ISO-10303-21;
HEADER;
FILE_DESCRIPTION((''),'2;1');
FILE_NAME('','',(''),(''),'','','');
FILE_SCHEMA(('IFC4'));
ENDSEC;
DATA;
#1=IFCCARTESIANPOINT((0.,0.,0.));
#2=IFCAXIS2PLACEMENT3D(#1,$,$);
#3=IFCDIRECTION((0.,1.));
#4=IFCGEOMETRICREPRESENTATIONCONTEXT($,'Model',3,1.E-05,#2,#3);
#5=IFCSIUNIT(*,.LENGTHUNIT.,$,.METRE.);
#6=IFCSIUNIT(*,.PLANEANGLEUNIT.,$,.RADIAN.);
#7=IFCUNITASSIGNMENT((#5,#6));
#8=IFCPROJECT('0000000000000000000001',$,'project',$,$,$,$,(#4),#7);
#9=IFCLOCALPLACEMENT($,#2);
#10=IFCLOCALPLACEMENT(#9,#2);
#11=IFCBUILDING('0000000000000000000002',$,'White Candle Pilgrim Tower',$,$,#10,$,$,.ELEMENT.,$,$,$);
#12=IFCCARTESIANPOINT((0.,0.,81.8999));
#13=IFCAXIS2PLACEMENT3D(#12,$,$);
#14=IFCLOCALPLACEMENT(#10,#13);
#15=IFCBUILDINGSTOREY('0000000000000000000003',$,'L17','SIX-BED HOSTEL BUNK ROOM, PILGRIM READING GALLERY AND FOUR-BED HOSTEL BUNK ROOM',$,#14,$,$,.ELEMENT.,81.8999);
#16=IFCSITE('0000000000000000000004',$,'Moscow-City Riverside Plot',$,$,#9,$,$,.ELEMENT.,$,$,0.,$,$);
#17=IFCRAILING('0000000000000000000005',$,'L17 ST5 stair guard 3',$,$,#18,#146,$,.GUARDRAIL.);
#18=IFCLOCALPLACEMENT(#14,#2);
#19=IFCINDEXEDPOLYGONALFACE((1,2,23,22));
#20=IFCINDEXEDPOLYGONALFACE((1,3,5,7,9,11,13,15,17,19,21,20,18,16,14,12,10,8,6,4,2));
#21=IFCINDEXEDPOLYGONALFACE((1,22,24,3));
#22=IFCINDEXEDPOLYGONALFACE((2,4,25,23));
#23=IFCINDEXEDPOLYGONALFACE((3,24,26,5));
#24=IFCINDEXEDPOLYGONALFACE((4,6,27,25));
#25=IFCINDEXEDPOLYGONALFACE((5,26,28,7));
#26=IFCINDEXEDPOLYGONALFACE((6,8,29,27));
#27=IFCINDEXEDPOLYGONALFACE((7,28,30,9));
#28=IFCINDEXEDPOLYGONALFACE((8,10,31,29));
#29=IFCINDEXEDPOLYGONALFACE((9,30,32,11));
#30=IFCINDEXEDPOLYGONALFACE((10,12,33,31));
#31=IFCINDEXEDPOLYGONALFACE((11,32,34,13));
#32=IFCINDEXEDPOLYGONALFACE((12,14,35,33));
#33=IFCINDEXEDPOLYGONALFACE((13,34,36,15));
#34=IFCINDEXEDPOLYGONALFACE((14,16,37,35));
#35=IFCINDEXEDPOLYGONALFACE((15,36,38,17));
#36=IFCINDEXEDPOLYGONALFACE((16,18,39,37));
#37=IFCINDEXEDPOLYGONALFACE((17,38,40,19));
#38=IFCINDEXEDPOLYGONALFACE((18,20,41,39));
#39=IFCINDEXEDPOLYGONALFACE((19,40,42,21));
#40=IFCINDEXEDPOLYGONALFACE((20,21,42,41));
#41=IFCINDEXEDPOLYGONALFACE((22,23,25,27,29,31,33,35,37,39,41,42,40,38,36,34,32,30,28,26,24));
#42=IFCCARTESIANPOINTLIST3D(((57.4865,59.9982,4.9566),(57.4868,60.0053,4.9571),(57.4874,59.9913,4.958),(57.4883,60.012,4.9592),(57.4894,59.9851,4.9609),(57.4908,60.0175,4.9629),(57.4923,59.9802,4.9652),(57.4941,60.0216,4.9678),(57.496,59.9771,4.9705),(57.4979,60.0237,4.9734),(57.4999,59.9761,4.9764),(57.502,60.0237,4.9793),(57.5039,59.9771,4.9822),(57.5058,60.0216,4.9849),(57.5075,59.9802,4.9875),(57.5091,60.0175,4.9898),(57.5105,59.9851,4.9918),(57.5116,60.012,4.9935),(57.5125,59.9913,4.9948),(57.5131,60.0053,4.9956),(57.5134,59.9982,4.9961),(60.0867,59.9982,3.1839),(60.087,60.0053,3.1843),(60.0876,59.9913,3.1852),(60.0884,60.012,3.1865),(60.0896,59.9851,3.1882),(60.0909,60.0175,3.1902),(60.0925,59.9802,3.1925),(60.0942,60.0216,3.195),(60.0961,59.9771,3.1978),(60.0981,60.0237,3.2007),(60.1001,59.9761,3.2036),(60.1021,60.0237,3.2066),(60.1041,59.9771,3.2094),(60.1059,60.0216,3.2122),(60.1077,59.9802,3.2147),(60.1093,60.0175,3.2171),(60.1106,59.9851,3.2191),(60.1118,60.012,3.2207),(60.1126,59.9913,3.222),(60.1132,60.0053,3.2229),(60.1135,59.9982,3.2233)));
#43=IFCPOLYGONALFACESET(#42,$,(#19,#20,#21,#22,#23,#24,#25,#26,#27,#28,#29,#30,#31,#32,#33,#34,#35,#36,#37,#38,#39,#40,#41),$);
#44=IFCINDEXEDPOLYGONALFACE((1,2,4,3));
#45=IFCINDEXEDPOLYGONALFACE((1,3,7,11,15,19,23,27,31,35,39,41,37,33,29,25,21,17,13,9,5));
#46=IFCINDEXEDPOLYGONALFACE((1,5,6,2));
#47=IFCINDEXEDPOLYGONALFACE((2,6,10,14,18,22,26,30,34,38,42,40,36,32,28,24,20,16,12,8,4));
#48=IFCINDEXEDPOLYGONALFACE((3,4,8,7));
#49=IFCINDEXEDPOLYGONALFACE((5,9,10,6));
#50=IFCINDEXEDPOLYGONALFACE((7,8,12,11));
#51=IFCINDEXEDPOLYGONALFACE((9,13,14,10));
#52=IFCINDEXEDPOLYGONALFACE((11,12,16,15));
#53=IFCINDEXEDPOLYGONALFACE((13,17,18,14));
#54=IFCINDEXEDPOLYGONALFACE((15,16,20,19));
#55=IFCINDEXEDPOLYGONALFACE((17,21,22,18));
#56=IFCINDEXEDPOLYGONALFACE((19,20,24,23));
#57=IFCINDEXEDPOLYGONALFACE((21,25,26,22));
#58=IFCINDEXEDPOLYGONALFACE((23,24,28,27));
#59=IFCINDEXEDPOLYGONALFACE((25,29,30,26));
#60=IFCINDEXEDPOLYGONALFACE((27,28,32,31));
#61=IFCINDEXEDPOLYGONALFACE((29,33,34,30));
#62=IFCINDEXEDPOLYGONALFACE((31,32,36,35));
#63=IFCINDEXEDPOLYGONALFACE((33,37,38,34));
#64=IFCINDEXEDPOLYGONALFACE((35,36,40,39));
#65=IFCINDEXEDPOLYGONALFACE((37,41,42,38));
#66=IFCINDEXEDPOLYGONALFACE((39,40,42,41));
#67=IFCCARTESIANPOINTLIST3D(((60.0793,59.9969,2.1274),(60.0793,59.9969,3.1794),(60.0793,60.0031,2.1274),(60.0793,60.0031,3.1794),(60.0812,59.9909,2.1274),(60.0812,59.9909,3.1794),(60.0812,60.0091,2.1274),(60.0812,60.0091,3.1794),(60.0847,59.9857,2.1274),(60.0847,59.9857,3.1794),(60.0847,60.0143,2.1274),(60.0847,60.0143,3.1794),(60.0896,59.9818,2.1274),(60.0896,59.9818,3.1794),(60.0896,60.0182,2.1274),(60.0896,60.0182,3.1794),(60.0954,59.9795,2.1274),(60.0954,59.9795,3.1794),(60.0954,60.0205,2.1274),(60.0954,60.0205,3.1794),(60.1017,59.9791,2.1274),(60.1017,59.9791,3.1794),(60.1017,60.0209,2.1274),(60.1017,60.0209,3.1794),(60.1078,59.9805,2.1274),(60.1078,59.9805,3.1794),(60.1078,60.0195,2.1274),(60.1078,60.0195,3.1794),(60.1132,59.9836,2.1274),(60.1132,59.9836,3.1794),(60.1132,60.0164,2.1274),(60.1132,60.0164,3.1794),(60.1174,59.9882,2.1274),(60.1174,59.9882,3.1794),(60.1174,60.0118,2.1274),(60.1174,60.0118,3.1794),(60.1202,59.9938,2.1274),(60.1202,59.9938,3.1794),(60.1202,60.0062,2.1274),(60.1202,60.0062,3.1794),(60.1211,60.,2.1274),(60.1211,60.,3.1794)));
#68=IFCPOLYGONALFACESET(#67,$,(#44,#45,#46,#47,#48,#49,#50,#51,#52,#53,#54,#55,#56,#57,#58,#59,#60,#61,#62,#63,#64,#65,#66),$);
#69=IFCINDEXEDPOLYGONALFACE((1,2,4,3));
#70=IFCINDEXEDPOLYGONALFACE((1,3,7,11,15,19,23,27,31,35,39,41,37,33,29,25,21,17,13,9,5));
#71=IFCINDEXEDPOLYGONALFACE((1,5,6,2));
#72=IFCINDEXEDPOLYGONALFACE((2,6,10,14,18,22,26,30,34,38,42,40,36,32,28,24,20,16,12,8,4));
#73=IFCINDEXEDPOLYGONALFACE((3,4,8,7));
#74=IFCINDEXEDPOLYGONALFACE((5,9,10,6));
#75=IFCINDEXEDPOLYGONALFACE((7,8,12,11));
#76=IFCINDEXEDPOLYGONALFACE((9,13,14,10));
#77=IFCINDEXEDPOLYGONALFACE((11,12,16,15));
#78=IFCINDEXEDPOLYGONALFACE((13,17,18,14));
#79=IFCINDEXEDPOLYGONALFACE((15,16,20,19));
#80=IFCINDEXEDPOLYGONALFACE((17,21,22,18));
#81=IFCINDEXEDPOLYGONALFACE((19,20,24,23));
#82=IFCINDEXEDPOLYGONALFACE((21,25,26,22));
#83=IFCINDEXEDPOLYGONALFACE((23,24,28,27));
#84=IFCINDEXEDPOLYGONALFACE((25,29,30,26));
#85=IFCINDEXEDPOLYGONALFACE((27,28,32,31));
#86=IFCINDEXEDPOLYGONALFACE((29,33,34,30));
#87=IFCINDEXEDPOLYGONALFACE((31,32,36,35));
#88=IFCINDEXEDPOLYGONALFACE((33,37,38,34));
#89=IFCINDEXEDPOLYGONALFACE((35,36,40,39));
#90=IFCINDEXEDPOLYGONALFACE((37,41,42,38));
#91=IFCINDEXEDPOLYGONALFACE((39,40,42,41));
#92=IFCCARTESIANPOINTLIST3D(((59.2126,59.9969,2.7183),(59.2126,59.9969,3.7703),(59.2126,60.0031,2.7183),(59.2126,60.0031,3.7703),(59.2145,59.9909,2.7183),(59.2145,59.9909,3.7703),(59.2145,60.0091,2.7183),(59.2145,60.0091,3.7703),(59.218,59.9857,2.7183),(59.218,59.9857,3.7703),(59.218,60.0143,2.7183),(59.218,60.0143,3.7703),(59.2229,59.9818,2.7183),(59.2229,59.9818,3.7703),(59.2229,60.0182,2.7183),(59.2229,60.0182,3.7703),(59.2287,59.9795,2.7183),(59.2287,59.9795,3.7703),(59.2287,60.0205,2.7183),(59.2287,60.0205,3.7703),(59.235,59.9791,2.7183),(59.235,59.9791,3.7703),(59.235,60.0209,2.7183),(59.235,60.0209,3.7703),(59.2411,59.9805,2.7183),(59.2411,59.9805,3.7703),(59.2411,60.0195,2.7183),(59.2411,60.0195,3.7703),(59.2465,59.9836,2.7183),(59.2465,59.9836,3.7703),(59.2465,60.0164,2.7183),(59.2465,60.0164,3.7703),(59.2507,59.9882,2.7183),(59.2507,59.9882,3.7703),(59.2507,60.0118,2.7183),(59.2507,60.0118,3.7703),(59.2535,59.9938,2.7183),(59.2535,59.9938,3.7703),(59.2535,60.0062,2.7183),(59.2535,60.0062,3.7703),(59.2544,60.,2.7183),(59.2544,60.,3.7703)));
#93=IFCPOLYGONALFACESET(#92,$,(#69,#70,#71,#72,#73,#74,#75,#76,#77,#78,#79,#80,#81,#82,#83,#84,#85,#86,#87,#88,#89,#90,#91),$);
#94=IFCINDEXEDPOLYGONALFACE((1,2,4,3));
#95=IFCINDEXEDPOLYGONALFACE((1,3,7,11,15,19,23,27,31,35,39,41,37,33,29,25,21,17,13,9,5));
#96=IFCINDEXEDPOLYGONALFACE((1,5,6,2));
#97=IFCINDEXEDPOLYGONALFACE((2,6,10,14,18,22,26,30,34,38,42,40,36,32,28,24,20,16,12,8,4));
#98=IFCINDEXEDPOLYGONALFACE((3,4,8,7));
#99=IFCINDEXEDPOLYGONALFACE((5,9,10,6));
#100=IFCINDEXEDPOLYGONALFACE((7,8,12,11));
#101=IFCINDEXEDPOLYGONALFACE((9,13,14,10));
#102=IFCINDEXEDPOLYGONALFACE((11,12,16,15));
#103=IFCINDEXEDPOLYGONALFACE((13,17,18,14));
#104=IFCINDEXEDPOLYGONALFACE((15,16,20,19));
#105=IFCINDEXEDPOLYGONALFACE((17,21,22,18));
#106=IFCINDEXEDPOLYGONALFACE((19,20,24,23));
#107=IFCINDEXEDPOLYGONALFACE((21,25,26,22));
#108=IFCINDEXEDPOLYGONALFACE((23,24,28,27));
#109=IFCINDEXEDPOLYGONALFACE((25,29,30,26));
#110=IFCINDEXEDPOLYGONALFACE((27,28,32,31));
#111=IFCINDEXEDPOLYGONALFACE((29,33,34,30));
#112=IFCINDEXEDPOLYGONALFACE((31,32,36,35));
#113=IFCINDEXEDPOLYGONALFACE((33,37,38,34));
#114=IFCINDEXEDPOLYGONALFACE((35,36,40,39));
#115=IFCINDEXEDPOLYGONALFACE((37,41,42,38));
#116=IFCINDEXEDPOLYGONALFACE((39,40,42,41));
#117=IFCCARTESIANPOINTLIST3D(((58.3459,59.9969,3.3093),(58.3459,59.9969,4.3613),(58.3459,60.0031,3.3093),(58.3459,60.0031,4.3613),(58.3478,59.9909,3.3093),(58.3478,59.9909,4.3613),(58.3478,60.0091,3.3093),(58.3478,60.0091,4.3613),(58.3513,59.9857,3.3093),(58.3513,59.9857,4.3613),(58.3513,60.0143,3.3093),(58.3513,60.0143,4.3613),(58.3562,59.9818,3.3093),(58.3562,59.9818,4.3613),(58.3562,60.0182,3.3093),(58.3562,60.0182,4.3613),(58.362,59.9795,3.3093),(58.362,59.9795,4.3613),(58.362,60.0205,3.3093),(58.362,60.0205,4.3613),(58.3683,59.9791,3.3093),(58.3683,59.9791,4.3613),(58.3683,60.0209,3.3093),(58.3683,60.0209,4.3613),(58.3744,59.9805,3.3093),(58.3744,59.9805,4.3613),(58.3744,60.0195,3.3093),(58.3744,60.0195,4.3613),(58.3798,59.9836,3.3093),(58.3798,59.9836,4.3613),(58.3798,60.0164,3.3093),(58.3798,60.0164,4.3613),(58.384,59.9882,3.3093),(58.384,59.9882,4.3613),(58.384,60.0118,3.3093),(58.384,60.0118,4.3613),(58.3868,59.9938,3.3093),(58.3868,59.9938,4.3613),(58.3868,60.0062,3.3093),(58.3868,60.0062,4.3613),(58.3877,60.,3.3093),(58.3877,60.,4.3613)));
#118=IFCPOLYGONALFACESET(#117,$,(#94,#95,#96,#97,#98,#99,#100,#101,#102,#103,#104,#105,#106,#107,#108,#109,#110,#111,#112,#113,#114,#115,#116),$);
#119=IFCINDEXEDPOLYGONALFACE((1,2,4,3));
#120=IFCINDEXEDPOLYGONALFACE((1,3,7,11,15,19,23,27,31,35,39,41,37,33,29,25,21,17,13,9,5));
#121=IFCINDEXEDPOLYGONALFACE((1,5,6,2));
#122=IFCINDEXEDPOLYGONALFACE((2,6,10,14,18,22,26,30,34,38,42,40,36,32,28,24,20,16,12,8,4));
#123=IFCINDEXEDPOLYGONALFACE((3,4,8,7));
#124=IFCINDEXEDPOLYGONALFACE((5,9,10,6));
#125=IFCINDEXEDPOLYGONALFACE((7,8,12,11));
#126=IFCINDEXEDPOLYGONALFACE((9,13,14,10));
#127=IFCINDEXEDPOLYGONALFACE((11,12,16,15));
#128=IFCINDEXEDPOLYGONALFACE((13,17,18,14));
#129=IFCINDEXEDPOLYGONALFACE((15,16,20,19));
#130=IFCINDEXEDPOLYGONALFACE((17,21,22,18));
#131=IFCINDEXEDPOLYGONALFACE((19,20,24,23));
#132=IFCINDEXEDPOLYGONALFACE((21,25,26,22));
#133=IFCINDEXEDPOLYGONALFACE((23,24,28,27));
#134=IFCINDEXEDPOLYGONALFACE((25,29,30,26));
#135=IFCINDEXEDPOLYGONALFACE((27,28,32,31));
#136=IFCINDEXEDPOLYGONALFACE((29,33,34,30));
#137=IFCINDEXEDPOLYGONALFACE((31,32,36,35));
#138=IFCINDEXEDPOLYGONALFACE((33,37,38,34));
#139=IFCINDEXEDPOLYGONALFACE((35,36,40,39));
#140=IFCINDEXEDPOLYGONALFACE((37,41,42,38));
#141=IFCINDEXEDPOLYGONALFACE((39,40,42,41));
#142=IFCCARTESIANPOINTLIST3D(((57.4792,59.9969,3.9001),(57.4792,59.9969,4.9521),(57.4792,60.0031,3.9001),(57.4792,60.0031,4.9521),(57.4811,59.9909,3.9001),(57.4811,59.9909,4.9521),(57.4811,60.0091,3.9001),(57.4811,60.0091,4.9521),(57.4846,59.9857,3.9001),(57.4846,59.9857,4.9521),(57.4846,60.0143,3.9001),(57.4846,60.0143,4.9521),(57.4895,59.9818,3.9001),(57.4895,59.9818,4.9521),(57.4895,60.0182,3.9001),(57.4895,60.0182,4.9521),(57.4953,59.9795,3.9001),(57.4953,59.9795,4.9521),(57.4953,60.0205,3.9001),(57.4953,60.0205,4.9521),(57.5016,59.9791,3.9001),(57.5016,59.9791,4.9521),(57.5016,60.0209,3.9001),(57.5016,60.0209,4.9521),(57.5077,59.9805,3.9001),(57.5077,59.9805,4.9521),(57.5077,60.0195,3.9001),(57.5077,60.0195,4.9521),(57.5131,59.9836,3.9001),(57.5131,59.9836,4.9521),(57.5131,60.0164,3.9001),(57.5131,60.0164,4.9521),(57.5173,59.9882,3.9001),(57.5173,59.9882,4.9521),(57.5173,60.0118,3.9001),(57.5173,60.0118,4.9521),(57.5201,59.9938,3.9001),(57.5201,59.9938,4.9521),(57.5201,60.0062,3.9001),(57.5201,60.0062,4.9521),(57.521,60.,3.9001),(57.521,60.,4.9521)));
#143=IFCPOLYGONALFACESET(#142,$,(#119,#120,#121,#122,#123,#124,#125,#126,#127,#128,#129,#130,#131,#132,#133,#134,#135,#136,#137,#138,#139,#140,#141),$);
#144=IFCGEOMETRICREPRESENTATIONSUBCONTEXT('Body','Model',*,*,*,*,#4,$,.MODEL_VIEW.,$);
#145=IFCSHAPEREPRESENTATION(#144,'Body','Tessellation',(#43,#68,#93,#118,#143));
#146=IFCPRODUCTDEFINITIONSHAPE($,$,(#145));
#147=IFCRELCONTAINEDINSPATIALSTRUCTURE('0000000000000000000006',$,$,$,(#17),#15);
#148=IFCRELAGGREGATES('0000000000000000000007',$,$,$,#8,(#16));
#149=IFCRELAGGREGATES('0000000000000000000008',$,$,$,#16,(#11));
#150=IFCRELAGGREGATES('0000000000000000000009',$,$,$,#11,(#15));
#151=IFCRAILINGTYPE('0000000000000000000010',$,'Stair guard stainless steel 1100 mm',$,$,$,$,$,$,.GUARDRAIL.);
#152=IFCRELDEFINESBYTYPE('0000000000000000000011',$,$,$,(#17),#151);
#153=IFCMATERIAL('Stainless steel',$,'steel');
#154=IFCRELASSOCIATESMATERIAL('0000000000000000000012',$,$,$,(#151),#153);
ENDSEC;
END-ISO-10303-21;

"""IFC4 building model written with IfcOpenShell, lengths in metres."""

from ifc_helpers import new_model, si_unit, direction, frame, origin, origin_2d, place, context, subcontext, project, spatial, circle, extrude, material, type_object, element, save


model = new_model("IFC4")

# Units and contexts
model_context = context("Model", 3, precision=1e-05, world=origin(), true_north=direction((0.0, 1.0)))
body_context = subcontext(model_context, "Body", "Model", "MODEL_VIEW")
ifc_project = project(units=[si_unit("LENGTHUNIT", "METRE"), si_unit("PLANEANGLEUNIT", "RADIAN")], contexts=[model_context])

# Site, building, storey
site_placement = place(None, origin())
site = spatial("IfcSite", under=ifc_project, at=site_placement, Name="Moscow-City Riverside Plot", CompositionType="ELEMENT", RefElevation=0.0)
building_placement = place(site_placement, origin())
building = spatial("IfcBuilding", under=site, at=building_placement, Name="White Candle Pilgrim Tower", CompositionType="ELEMENT")
storey_placement = place(building_placement, frame((0.0, 0.0, 81.8999)))
storey = spatial("IfcBuildingStorey", under=building, at=storey_placement, Name="L17", Description="SIX-BED HOSTEL BUNK ROOM, PILGRIM READING GALLERY AND FOUR-BED HOSTEL BUNK ROOM", CompositionType="ELEMENT", Elevation=81.8999)

# Railing
ifc_material_1 = material(Name="Stainless steel", Category="steel")
railing_type_1 = type_object("IfcRailingType", Name="Stair guard stainless steel 1100 mm", PredefinedType="GUARDRAIL", material=ifc_material_1)
railing_1_placement = place(storey_placement, frame((60.1001, 60.0, 2.1274)))
element("IfcRailing", 1, at=railing_1_placement, inside=storey, type_object=railing_type_1, Name="L17 ST5 stair guard 3", PredefinedType="GUARDRAIL", context=body_context, shape_type="SweptSolid", body=[
    extrude(circle(Radius=0.0239, at=origin_2d()), frame((0.0, 0.0, 1.0762), z_axis=(-0.82624, 0.0, 0.563318), x_axis=(0.0, -1.0, 0.0)), (0.0, 0.0, 1.0), 3.147),
    extrude(circle(Radius=0.021, at=origin_2d()), origin(), (0.0, 0.0, 1.0), 1.052),
    extrude(circle(Radius=0.021, at=origin_2d()), frame((-0.8667, 0.0, 0.5908)), (0.0, 0.0, 1.0), 1.052),
    extrude(circle(Radius=0.021, at=origin_2d()), frame((-1.7334, 0.0, 1.1819)), (0.0, 0.0, 1.0), 1.052),
    extrude(circle(Radius=0.021, at=origin_2d()), frame((-2.6001, 0.0, 1.7727)), (0.0, 0.0, 1.0), 1.052),
])

save(model, "model.ifc")
